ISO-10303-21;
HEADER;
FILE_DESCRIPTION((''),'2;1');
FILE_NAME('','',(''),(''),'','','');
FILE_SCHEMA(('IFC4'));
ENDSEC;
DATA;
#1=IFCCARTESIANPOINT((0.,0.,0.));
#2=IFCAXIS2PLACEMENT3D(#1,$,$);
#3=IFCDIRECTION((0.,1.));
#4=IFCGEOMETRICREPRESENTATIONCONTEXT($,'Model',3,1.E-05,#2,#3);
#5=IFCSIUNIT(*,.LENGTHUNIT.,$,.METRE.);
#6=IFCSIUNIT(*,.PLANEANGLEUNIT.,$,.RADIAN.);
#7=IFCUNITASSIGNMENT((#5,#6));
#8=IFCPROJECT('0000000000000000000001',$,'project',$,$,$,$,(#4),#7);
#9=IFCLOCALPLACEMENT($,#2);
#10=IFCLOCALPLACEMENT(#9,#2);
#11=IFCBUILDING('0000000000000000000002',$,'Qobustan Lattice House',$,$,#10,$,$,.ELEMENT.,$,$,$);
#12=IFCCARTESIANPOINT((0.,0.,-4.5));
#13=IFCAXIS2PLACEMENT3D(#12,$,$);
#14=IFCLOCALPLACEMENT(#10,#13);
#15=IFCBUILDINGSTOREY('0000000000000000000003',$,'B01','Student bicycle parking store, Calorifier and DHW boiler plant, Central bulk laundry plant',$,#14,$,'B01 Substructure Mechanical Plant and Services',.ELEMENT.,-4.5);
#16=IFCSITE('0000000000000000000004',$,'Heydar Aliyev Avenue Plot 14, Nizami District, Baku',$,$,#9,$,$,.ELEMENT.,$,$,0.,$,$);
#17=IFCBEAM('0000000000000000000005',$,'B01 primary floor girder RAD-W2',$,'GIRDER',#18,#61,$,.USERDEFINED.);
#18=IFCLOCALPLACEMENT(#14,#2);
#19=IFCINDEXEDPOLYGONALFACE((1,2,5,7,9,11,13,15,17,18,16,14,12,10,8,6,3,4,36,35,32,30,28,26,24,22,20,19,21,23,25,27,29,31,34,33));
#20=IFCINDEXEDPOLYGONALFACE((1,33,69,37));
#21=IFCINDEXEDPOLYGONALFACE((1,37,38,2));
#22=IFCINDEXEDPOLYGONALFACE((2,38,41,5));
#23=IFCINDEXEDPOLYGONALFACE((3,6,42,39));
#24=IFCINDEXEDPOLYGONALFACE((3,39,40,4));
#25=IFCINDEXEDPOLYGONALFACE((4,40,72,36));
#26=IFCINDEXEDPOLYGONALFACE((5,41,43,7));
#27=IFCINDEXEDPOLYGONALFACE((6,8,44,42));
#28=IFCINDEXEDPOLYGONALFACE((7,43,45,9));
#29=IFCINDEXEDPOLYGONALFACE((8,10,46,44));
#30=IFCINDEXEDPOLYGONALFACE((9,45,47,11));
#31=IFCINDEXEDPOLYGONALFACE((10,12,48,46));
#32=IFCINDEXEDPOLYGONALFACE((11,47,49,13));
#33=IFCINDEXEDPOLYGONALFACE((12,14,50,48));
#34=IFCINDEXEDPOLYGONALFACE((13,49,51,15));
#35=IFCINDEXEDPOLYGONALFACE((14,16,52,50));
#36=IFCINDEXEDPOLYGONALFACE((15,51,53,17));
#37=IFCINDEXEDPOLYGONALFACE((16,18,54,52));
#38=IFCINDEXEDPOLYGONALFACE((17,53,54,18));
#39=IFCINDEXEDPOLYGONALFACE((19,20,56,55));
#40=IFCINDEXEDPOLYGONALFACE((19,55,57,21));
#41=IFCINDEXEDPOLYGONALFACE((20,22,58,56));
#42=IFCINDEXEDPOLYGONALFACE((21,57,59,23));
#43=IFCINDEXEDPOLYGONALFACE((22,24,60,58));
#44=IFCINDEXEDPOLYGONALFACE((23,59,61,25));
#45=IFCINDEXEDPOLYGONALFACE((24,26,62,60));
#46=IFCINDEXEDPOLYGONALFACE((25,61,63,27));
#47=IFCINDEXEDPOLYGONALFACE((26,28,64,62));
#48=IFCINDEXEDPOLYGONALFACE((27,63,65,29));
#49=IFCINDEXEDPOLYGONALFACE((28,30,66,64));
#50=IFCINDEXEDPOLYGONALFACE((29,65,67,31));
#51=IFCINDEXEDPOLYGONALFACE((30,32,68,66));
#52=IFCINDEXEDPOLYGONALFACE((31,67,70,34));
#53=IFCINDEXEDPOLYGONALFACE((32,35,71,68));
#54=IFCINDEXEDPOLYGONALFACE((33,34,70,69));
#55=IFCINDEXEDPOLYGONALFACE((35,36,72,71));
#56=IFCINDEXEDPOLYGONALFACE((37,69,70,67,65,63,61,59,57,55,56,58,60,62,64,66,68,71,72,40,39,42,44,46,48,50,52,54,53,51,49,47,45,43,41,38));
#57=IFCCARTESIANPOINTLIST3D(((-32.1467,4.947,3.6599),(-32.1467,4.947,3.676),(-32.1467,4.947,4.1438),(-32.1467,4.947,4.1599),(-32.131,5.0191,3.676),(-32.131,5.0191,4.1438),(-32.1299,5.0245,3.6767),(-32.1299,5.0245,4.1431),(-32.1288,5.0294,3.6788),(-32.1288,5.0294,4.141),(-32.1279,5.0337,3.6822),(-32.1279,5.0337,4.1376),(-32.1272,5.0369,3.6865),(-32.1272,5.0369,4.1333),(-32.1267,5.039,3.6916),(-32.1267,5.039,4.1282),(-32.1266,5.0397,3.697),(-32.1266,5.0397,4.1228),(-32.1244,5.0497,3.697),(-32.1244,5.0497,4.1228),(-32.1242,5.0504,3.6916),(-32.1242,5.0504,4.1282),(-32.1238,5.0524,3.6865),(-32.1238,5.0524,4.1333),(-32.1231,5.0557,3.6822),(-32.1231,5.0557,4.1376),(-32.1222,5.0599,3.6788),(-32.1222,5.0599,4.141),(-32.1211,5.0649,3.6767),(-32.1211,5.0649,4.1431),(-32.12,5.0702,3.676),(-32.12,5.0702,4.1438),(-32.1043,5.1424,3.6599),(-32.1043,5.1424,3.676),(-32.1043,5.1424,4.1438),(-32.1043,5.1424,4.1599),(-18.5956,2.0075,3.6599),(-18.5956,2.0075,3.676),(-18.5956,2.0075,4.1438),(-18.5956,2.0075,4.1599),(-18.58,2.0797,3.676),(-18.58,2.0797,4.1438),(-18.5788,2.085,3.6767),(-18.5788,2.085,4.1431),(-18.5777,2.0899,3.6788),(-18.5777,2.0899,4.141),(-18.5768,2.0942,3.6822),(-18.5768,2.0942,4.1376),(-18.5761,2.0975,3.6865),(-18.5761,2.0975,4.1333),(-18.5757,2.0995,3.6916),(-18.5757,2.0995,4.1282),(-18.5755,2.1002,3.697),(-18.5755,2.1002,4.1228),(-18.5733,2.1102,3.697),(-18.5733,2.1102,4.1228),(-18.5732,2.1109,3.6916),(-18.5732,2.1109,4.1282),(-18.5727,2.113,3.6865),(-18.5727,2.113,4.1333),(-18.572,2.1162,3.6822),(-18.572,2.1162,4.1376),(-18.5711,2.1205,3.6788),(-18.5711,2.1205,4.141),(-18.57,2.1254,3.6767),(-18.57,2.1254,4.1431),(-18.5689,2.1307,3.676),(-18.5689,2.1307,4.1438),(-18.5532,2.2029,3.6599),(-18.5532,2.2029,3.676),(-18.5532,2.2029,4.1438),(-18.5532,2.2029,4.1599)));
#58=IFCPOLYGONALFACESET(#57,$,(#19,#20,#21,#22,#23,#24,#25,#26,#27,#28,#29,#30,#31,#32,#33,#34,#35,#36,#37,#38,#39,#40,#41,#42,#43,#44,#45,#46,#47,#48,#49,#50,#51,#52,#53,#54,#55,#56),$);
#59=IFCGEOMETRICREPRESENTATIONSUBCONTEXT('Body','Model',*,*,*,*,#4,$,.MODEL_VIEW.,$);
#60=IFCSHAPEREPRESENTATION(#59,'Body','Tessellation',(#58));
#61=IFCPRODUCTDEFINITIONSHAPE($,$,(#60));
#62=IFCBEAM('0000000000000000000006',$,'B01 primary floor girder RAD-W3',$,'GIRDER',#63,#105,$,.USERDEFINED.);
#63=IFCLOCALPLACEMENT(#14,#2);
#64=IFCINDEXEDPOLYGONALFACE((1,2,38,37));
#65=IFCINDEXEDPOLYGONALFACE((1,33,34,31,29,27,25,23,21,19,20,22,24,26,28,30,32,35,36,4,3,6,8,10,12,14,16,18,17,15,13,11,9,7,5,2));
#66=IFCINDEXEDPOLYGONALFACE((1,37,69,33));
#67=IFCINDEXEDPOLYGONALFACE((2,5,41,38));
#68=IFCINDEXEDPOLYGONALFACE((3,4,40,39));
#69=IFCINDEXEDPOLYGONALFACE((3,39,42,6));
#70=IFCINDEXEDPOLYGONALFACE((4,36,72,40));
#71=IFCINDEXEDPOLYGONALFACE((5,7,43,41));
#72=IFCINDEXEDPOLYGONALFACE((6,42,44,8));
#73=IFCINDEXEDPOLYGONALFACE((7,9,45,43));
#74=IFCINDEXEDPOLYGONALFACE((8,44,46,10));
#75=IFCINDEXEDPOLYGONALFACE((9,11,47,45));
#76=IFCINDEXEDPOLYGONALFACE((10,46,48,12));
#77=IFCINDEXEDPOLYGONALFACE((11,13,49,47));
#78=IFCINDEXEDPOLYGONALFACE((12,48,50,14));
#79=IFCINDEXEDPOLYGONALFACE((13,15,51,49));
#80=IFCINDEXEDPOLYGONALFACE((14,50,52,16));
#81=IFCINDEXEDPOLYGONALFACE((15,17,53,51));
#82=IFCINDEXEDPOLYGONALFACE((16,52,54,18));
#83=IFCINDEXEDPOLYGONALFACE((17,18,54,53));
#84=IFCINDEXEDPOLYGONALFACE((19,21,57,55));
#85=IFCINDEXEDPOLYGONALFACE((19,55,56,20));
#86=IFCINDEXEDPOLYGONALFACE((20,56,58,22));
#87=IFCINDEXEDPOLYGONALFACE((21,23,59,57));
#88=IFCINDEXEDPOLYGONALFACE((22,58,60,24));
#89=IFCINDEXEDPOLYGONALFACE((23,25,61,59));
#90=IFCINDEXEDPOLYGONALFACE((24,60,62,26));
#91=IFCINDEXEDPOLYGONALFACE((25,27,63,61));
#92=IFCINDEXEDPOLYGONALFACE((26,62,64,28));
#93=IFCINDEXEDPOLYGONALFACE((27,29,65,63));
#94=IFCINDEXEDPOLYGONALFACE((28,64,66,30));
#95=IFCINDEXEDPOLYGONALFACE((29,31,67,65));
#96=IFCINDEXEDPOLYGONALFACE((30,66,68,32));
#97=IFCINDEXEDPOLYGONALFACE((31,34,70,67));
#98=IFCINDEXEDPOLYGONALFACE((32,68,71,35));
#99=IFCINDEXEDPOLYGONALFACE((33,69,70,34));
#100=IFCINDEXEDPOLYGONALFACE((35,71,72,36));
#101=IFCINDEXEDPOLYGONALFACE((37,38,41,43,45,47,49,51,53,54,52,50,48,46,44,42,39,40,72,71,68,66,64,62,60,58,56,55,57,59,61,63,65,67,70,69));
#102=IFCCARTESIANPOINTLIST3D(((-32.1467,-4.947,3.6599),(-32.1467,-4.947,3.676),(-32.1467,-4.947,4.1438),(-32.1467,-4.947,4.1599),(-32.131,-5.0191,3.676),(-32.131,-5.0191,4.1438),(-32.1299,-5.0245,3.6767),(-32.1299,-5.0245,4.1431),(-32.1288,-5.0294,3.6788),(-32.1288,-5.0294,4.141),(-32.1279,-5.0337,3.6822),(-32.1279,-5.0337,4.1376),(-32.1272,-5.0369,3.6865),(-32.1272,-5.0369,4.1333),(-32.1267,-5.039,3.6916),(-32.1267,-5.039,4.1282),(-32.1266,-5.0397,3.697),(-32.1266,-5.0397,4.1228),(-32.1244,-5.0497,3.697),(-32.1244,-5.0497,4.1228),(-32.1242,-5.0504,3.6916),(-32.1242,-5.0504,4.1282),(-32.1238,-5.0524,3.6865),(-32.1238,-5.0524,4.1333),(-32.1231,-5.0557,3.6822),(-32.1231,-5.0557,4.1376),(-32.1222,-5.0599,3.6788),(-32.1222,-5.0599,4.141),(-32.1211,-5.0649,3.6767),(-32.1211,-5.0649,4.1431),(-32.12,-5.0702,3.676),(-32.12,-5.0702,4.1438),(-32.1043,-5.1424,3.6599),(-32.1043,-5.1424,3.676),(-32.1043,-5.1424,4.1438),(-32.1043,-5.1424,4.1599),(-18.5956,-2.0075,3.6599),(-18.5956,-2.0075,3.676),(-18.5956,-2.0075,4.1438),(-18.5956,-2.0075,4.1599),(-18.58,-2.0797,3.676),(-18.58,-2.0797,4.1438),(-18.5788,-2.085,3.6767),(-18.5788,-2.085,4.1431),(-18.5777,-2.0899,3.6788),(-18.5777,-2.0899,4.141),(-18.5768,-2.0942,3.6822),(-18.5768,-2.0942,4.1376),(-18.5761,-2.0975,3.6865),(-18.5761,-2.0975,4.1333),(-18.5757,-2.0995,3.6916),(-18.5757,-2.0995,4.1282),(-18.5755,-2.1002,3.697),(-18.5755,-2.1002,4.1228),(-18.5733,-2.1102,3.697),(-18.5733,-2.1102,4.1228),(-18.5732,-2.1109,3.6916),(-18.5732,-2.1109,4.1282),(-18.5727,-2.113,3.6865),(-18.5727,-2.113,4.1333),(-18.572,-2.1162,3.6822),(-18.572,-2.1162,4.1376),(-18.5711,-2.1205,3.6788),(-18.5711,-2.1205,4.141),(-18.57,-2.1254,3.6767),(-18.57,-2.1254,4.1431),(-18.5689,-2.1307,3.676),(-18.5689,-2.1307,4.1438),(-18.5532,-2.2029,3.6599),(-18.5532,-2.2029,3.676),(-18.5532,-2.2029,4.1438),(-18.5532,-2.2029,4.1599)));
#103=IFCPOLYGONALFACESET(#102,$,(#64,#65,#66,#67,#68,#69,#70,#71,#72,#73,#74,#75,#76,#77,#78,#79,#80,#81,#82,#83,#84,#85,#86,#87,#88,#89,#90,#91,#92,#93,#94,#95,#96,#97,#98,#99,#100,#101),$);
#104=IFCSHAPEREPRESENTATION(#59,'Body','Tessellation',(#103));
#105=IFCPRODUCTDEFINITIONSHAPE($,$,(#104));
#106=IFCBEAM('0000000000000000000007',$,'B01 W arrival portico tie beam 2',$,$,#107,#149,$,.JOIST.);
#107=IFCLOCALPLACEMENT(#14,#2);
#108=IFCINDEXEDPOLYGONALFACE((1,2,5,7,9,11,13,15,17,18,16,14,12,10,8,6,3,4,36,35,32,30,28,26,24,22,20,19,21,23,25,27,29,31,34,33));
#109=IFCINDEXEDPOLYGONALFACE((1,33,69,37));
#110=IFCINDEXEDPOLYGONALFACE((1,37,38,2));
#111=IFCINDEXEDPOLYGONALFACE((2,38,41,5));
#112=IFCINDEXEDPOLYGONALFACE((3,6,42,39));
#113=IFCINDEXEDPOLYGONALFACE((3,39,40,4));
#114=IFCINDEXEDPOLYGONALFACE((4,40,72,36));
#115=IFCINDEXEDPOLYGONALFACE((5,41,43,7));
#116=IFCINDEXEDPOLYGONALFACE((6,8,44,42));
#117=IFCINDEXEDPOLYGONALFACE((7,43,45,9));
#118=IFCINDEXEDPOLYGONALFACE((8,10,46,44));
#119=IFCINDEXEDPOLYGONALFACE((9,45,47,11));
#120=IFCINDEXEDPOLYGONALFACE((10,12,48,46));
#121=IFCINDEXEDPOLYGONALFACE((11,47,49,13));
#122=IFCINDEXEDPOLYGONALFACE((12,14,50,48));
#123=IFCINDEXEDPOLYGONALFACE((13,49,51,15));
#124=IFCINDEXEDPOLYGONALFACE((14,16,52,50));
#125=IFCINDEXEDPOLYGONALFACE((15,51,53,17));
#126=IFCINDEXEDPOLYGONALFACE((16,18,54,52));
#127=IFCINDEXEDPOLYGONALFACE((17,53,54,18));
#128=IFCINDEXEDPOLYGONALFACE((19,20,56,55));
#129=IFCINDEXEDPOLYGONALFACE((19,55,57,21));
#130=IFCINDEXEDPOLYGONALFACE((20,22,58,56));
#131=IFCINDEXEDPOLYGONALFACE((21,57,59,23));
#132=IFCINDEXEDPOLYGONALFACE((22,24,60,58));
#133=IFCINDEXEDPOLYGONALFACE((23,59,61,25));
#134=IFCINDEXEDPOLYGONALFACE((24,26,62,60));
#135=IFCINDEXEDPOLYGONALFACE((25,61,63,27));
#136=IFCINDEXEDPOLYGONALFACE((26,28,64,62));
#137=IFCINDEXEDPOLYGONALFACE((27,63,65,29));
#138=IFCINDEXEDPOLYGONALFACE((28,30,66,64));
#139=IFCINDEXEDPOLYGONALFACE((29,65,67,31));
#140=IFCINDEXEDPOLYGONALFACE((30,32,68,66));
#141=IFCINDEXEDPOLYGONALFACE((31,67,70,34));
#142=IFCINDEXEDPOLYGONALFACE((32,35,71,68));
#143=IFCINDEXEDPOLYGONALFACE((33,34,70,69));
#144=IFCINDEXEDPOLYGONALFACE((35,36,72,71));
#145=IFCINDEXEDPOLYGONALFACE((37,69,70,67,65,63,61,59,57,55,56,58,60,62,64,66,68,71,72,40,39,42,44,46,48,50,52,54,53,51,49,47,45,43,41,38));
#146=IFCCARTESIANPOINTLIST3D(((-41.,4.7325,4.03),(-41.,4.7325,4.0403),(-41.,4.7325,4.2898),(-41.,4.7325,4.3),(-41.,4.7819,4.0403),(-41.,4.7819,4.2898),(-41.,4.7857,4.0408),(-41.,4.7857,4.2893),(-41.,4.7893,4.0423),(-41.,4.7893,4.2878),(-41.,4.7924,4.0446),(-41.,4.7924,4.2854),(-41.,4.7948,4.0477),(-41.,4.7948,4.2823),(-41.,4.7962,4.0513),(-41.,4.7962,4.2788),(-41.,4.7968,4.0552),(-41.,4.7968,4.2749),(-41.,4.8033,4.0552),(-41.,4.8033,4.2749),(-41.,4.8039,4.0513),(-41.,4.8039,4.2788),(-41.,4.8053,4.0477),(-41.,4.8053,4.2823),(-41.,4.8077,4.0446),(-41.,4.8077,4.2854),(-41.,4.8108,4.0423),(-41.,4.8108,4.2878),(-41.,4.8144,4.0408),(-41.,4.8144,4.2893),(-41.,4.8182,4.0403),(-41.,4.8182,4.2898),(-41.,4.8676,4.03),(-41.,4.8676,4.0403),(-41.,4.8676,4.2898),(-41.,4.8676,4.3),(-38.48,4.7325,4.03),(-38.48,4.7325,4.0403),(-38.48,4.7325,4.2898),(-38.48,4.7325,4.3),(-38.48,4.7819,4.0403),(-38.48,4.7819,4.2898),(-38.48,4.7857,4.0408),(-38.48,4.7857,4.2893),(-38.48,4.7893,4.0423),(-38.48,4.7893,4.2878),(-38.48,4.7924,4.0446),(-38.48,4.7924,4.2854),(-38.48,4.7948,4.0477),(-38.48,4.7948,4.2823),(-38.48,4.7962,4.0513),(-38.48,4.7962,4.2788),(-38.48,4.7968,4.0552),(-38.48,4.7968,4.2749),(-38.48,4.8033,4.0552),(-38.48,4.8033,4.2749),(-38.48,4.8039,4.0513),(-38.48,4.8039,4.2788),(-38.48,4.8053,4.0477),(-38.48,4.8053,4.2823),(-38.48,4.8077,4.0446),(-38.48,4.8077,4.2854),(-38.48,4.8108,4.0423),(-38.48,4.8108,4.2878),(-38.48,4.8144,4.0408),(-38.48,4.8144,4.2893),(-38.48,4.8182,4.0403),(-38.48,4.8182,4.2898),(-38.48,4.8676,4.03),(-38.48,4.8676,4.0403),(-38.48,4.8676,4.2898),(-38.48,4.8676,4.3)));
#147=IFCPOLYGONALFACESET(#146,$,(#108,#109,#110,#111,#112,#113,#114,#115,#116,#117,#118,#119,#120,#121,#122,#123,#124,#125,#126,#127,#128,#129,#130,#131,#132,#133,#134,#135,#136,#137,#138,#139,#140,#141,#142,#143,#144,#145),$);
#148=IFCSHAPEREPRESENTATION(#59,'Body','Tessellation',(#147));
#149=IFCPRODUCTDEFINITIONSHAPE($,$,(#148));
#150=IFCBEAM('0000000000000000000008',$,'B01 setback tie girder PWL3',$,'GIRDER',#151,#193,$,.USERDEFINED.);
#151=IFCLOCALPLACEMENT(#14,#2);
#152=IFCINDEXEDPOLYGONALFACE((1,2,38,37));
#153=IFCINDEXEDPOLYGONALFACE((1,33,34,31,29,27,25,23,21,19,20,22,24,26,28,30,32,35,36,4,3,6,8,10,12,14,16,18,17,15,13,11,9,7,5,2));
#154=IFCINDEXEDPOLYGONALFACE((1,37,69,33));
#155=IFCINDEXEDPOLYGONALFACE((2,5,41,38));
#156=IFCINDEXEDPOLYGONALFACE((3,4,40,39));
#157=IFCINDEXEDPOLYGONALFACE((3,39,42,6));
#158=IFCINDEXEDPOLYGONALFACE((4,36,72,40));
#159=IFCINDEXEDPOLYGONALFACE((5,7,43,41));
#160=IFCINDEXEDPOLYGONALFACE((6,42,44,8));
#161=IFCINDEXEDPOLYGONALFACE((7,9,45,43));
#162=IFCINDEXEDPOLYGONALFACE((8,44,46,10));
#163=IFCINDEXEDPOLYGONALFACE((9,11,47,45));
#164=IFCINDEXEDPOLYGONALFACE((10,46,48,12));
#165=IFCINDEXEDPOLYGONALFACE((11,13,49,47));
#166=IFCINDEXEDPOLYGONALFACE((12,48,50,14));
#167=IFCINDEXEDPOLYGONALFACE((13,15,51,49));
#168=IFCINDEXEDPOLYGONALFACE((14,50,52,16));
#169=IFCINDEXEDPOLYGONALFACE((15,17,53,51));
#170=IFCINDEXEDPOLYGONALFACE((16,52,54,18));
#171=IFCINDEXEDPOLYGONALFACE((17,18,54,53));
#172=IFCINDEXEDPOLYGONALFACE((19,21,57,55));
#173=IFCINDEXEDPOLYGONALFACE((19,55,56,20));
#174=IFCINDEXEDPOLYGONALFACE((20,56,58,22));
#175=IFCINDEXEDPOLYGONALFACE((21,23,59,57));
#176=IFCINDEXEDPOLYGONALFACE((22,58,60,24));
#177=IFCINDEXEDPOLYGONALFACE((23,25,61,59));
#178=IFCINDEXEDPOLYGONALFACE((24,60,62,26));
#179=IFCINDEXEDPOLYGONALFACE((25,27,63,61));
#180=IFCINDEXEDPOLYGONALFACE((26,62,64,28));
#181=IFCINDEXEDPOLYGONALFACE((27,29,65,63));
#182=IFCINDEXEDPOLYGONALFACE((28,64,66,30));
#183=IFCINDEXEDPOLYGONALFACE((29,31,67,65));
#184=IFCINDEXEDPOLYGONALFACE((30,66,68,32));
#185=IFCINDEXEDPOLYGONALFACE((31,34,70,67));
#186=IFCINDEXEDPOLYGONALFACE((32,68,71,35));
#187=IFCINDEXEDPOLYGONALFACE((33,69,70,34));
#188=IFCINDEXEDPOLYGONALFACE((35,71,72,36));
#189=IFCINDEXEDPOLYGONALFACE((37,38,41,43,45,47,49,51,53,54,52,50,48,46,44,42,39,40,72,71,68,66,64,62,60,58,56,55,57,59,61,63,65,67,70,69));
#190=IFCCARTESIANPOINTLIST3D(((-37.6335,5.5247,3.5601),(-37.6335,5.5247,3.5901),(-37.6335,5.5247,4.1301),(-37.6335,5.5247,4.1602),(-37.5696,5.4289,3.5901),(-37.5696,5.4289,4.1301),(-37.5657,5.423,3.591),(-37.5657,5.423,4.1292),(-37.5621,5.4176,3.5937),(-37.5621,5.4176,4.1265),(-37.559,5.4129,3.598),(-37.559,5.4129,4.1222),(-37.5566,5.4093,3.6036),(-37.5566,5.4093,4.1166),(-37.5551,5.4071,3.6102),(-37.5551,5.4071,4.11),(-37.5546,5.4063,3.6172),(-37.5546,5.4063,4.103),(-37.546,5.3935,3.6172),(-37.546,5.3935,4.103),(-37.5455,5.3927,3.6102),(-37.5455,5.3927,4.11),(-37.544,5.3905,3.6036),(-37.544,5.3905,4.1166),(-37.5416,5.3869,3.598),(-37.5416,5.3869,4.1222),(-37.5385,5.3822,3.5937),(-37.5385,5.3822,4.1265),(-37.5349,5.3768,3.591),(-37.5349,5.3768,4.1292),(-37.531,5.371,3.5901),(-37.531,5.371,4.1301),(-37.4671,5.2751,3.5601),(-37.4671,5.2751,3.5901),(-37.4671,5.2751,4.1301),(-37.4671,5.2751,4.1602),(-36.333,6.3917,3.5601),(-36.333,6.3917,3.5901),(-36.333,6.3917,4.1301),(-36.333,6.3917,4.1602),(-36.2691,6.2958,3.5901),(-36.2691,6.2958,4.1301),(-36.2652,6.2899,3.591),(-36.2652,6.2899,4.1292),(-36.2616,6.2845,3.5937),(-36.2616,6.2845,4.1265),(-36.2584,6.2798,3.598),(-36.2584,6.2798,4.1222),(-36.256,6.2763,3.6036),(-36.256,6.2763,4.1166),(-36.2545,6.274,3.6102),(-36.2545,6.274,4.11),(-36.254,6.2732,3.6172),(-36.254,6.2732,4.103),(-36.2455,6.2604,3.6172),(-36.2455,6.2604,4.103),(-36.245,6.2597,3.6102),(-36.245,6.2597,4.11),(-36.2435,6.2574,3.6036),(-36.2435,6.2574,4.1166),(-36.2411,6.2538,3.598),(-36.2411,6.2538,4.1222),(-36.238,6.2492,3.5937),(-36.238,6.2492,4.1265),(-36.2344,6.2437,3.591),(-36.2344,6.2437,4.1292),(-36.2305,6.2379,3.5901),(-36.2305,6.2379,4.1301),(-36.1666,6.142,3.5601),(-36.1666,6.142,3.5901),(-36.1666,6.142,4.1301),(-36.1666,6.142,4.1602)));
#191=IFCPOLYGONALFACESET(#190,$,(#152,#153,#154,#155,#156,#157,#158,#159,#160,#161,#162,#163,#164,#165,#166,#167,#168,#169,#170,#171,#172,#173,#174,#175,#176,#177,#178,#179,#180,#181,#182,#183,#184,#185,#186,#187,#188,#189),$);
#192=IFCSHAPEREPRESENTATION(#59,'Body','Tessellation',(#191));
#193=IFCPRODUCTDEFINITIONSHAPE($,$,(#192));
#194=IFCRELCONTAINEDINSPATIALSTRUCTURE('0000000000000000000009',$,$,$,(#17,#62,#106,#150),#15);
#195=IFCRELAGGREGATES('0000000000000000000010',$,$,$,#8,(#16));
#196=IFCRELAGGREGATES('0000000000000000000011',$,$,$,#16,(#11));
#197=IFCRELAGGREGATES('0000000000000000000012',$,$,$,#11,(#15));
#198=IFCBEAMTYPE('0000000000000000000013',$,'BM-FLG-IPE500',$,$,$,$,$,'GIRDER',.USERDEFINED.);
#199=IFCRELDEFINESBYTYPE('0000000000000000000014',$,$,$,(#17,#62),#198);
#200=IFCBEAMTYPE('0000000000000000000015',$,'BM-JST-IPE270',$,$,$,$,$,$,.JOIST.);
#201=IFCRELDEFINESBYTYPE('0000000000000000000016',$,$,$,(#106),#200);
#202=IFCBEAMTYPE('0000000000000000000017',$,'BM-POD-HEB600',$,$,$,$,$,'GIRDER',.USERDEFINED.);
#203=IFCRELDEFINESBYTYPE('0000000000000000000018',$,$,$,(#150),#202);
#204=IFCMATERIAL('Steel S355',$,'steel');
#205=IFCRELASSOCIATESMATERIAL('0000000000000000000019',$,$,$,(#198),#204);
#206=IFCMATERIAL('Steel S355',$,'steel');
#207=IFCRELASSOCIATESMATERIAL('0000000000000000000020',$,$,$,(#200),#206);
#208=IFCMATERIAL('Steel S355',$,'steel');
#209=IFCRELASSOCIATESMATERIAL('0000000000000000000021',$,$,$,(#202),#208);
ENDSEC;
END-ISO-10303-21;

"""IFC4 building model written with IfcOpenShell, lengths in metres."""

from ifc_helpers import new_model, si_unit, direction, frame, origin, origin_2d, place, context, subcontext, project, spatial, i_section, extrude, material, material_profile, profile_set, type_object, element, save


model = new_model("IFC4")

# Units and contexts
model_context = context("Model", 3, precision=1e-05, world=origin(), true_north=direction((0.0, 1.0)))
body_context = subcontext(model_context, "Body", "Model", "MODEL_VIEW")
ifc_project = project(units=[si_unit("LENGTHUNIT", "METRE"), si_unit("PLANEANGLEUNIT", "RADIAN")], contexts=[model_context])

# Site, building, storey
site_placement = place(None, origin())
site = spatial("IfcSite", under=ifc_project, at=site_placement, Name="Heydar Aliyev Avenue Plot 14, Nizami District, Baku", CompositionType="ELEMENT", RefElevation=0.0)
building_placement = place(site_placement, origin())
building = spatial("IfcBuilding", under=site, at=building_placement, Name="Qobustan Lattice House", CompositionType="ELEMENT")
storey_placement = place(building_placement, frame((0.0, 0.0, -4.5)))
storey = spatial("IfcBuildingStorey", under=building, at=storey_placement, Name="B01", Description="Student bicycle parking store, Calorifier and DHW boiler plant, Central bulk laundry plant", LongName="B01 Substructure Mechanical Plant and Services", CompositionType="ELEMENT", Elevation=-4.5)

# Beams
ifc_material_1 = material(Name="Steel S355", Category="steel")
ifc_material_profile_1 = material_profile(ifc_material_1, i_section(OverallWidth=0.2, OverallDepth=0.5, WebThickness=0.0103, FlangeThickness=0.0161, FilletRadius=0.021, at=origin_2d()), Name="IPE500")
ifc_profile_set_1 = profile_set([ifc_material_profile_1], Name="Steel S355")
beam_type_1 = type_object("IfcBeamType", Name="BM-FLG-IPE500", ElementType="GIRDER", PredefinedType="USERDEFINED", material=ifc_profile_set_1)
for number, where, z_axis, x_axis, name in (
    (1, (-32.1255, 5.0447, 3.9099), (0.977272, -0.211987, 0.0), (0.211987, 0.977272, 0.0), "B01 primary floor girder RAD-W2"),
    (2, (-32.1255, -5.0447, 3.9099), (0.977272, 0.211987, 0.0), (-0.211987, 0.977272, 0.0), "B01 primary floor girder RAD-W3"),
):
    element("IfcBeam", number, at=place(storey_placement, frame(where, z_axis=z_axis, x_axis=x_axis)), inside=storey, type_object=beam_type_1, Name=name, ObjectType="GIRDER", PredefinedType="USERDEFINED", context=body_context, shape_type="SweptSolid", body=[
        extrude(i_section(OverallWidth=0.2, OverallDepth=0.5, WebThickness=0.0103, FlangeThickness=0.0161, FilletRadius=0.021, at=origin_2d()), origin(), (0.0, 0.0, 1.0), 13.8662),
    ])
ifc_material_2 = material(Name="Steel S355", Category="steel")
ifc_material_profile_2 = material_profile(ifc_material_2, i_section(OverallWidth=0.135, OverallDepth=0.27, WebThickness=0.0066, FlangeThickness=0.0103, FilletRadius=0.0149, at=origin_2d()), Name="IPE270")
ifc_profile_set_2 = profile_set([ifc_material_profile_2], Name="Steel S355")
beam_type_2 = type_object("IfcBeamType", Name="BM-JST-IPE270", PredefinedType="JOIST", material=ifc_profile_set_2)
beam_1_placement = place(storey_placement, frame((-41.0, 4.8, 4.165), z_axis=(1.0, 0.0, 0.0), x_axis=(0.0, 1.0, 0.0)))
element("IfcBeam", 3, at=beam_1_placement, inside=storey, type_object=beam_type_2, Name="B01 W arrival portico tie beam 2", PredefinedType="JOIST", context=body_context, shape_type="SweptSolid", body=[
    extrude(i_section(OverallWidth=0.135, OverallDepth=0.27, WebThickness=0.0066, FlangeThickness=0.0103, FilletRadius=0.0149, at=origin_2d()), origin(), (0.0, 0.0, 1.0), 2.52),
])
ifc_material_3 = material(Name="Steel S355", Category="steel")
ifc_material_profile_3 = material_profile(ifc_material_3, i_section(OverallWidth=0.3, OverallDepth=0.6001, WebThickness=0.0154, FlangeThickness=0.03, FilletRadius=0.0271, at=origin_2d()), Name="HEB600")
ifc_profile_set_3 = profile_set([ifc_material_profile_3], Name="Steel S355")
beam_type_3 = type_object("IfcBeamType", Name="BM-POD-HEB600", ElementType="GIRDER", PredefinedType="USERDEFINED", material=ifc_profile_set_3)
beam_2_placement = place(storey_placement, frame((-37.5503, 5.3999, 3.8601), z_axis=(0.832074, 0.554664, 0.0), x_axis=(-0.554664, 0.832074, 0.0)))
element("IfcBeam", 4, at=beam_2_placement, inside=storey, type_object=beam_type_3, Name="B01 setback tie girder PWL3", ObjectType="GIRDER", PredefinedType="USERDEFINED", context=body_context, shape_type="SweptSolid", body=[
    extrude(i_section(OverallWidth=0.3, OverallDepth=0.6001, WebThickness=0.0154, FlangeThickness=0.03, FilletRadius=0.0271, at=origin_2d()), origin(), (0.0, 0.0, 1.0), 1.563),
])

save(model, "model.ifc")
